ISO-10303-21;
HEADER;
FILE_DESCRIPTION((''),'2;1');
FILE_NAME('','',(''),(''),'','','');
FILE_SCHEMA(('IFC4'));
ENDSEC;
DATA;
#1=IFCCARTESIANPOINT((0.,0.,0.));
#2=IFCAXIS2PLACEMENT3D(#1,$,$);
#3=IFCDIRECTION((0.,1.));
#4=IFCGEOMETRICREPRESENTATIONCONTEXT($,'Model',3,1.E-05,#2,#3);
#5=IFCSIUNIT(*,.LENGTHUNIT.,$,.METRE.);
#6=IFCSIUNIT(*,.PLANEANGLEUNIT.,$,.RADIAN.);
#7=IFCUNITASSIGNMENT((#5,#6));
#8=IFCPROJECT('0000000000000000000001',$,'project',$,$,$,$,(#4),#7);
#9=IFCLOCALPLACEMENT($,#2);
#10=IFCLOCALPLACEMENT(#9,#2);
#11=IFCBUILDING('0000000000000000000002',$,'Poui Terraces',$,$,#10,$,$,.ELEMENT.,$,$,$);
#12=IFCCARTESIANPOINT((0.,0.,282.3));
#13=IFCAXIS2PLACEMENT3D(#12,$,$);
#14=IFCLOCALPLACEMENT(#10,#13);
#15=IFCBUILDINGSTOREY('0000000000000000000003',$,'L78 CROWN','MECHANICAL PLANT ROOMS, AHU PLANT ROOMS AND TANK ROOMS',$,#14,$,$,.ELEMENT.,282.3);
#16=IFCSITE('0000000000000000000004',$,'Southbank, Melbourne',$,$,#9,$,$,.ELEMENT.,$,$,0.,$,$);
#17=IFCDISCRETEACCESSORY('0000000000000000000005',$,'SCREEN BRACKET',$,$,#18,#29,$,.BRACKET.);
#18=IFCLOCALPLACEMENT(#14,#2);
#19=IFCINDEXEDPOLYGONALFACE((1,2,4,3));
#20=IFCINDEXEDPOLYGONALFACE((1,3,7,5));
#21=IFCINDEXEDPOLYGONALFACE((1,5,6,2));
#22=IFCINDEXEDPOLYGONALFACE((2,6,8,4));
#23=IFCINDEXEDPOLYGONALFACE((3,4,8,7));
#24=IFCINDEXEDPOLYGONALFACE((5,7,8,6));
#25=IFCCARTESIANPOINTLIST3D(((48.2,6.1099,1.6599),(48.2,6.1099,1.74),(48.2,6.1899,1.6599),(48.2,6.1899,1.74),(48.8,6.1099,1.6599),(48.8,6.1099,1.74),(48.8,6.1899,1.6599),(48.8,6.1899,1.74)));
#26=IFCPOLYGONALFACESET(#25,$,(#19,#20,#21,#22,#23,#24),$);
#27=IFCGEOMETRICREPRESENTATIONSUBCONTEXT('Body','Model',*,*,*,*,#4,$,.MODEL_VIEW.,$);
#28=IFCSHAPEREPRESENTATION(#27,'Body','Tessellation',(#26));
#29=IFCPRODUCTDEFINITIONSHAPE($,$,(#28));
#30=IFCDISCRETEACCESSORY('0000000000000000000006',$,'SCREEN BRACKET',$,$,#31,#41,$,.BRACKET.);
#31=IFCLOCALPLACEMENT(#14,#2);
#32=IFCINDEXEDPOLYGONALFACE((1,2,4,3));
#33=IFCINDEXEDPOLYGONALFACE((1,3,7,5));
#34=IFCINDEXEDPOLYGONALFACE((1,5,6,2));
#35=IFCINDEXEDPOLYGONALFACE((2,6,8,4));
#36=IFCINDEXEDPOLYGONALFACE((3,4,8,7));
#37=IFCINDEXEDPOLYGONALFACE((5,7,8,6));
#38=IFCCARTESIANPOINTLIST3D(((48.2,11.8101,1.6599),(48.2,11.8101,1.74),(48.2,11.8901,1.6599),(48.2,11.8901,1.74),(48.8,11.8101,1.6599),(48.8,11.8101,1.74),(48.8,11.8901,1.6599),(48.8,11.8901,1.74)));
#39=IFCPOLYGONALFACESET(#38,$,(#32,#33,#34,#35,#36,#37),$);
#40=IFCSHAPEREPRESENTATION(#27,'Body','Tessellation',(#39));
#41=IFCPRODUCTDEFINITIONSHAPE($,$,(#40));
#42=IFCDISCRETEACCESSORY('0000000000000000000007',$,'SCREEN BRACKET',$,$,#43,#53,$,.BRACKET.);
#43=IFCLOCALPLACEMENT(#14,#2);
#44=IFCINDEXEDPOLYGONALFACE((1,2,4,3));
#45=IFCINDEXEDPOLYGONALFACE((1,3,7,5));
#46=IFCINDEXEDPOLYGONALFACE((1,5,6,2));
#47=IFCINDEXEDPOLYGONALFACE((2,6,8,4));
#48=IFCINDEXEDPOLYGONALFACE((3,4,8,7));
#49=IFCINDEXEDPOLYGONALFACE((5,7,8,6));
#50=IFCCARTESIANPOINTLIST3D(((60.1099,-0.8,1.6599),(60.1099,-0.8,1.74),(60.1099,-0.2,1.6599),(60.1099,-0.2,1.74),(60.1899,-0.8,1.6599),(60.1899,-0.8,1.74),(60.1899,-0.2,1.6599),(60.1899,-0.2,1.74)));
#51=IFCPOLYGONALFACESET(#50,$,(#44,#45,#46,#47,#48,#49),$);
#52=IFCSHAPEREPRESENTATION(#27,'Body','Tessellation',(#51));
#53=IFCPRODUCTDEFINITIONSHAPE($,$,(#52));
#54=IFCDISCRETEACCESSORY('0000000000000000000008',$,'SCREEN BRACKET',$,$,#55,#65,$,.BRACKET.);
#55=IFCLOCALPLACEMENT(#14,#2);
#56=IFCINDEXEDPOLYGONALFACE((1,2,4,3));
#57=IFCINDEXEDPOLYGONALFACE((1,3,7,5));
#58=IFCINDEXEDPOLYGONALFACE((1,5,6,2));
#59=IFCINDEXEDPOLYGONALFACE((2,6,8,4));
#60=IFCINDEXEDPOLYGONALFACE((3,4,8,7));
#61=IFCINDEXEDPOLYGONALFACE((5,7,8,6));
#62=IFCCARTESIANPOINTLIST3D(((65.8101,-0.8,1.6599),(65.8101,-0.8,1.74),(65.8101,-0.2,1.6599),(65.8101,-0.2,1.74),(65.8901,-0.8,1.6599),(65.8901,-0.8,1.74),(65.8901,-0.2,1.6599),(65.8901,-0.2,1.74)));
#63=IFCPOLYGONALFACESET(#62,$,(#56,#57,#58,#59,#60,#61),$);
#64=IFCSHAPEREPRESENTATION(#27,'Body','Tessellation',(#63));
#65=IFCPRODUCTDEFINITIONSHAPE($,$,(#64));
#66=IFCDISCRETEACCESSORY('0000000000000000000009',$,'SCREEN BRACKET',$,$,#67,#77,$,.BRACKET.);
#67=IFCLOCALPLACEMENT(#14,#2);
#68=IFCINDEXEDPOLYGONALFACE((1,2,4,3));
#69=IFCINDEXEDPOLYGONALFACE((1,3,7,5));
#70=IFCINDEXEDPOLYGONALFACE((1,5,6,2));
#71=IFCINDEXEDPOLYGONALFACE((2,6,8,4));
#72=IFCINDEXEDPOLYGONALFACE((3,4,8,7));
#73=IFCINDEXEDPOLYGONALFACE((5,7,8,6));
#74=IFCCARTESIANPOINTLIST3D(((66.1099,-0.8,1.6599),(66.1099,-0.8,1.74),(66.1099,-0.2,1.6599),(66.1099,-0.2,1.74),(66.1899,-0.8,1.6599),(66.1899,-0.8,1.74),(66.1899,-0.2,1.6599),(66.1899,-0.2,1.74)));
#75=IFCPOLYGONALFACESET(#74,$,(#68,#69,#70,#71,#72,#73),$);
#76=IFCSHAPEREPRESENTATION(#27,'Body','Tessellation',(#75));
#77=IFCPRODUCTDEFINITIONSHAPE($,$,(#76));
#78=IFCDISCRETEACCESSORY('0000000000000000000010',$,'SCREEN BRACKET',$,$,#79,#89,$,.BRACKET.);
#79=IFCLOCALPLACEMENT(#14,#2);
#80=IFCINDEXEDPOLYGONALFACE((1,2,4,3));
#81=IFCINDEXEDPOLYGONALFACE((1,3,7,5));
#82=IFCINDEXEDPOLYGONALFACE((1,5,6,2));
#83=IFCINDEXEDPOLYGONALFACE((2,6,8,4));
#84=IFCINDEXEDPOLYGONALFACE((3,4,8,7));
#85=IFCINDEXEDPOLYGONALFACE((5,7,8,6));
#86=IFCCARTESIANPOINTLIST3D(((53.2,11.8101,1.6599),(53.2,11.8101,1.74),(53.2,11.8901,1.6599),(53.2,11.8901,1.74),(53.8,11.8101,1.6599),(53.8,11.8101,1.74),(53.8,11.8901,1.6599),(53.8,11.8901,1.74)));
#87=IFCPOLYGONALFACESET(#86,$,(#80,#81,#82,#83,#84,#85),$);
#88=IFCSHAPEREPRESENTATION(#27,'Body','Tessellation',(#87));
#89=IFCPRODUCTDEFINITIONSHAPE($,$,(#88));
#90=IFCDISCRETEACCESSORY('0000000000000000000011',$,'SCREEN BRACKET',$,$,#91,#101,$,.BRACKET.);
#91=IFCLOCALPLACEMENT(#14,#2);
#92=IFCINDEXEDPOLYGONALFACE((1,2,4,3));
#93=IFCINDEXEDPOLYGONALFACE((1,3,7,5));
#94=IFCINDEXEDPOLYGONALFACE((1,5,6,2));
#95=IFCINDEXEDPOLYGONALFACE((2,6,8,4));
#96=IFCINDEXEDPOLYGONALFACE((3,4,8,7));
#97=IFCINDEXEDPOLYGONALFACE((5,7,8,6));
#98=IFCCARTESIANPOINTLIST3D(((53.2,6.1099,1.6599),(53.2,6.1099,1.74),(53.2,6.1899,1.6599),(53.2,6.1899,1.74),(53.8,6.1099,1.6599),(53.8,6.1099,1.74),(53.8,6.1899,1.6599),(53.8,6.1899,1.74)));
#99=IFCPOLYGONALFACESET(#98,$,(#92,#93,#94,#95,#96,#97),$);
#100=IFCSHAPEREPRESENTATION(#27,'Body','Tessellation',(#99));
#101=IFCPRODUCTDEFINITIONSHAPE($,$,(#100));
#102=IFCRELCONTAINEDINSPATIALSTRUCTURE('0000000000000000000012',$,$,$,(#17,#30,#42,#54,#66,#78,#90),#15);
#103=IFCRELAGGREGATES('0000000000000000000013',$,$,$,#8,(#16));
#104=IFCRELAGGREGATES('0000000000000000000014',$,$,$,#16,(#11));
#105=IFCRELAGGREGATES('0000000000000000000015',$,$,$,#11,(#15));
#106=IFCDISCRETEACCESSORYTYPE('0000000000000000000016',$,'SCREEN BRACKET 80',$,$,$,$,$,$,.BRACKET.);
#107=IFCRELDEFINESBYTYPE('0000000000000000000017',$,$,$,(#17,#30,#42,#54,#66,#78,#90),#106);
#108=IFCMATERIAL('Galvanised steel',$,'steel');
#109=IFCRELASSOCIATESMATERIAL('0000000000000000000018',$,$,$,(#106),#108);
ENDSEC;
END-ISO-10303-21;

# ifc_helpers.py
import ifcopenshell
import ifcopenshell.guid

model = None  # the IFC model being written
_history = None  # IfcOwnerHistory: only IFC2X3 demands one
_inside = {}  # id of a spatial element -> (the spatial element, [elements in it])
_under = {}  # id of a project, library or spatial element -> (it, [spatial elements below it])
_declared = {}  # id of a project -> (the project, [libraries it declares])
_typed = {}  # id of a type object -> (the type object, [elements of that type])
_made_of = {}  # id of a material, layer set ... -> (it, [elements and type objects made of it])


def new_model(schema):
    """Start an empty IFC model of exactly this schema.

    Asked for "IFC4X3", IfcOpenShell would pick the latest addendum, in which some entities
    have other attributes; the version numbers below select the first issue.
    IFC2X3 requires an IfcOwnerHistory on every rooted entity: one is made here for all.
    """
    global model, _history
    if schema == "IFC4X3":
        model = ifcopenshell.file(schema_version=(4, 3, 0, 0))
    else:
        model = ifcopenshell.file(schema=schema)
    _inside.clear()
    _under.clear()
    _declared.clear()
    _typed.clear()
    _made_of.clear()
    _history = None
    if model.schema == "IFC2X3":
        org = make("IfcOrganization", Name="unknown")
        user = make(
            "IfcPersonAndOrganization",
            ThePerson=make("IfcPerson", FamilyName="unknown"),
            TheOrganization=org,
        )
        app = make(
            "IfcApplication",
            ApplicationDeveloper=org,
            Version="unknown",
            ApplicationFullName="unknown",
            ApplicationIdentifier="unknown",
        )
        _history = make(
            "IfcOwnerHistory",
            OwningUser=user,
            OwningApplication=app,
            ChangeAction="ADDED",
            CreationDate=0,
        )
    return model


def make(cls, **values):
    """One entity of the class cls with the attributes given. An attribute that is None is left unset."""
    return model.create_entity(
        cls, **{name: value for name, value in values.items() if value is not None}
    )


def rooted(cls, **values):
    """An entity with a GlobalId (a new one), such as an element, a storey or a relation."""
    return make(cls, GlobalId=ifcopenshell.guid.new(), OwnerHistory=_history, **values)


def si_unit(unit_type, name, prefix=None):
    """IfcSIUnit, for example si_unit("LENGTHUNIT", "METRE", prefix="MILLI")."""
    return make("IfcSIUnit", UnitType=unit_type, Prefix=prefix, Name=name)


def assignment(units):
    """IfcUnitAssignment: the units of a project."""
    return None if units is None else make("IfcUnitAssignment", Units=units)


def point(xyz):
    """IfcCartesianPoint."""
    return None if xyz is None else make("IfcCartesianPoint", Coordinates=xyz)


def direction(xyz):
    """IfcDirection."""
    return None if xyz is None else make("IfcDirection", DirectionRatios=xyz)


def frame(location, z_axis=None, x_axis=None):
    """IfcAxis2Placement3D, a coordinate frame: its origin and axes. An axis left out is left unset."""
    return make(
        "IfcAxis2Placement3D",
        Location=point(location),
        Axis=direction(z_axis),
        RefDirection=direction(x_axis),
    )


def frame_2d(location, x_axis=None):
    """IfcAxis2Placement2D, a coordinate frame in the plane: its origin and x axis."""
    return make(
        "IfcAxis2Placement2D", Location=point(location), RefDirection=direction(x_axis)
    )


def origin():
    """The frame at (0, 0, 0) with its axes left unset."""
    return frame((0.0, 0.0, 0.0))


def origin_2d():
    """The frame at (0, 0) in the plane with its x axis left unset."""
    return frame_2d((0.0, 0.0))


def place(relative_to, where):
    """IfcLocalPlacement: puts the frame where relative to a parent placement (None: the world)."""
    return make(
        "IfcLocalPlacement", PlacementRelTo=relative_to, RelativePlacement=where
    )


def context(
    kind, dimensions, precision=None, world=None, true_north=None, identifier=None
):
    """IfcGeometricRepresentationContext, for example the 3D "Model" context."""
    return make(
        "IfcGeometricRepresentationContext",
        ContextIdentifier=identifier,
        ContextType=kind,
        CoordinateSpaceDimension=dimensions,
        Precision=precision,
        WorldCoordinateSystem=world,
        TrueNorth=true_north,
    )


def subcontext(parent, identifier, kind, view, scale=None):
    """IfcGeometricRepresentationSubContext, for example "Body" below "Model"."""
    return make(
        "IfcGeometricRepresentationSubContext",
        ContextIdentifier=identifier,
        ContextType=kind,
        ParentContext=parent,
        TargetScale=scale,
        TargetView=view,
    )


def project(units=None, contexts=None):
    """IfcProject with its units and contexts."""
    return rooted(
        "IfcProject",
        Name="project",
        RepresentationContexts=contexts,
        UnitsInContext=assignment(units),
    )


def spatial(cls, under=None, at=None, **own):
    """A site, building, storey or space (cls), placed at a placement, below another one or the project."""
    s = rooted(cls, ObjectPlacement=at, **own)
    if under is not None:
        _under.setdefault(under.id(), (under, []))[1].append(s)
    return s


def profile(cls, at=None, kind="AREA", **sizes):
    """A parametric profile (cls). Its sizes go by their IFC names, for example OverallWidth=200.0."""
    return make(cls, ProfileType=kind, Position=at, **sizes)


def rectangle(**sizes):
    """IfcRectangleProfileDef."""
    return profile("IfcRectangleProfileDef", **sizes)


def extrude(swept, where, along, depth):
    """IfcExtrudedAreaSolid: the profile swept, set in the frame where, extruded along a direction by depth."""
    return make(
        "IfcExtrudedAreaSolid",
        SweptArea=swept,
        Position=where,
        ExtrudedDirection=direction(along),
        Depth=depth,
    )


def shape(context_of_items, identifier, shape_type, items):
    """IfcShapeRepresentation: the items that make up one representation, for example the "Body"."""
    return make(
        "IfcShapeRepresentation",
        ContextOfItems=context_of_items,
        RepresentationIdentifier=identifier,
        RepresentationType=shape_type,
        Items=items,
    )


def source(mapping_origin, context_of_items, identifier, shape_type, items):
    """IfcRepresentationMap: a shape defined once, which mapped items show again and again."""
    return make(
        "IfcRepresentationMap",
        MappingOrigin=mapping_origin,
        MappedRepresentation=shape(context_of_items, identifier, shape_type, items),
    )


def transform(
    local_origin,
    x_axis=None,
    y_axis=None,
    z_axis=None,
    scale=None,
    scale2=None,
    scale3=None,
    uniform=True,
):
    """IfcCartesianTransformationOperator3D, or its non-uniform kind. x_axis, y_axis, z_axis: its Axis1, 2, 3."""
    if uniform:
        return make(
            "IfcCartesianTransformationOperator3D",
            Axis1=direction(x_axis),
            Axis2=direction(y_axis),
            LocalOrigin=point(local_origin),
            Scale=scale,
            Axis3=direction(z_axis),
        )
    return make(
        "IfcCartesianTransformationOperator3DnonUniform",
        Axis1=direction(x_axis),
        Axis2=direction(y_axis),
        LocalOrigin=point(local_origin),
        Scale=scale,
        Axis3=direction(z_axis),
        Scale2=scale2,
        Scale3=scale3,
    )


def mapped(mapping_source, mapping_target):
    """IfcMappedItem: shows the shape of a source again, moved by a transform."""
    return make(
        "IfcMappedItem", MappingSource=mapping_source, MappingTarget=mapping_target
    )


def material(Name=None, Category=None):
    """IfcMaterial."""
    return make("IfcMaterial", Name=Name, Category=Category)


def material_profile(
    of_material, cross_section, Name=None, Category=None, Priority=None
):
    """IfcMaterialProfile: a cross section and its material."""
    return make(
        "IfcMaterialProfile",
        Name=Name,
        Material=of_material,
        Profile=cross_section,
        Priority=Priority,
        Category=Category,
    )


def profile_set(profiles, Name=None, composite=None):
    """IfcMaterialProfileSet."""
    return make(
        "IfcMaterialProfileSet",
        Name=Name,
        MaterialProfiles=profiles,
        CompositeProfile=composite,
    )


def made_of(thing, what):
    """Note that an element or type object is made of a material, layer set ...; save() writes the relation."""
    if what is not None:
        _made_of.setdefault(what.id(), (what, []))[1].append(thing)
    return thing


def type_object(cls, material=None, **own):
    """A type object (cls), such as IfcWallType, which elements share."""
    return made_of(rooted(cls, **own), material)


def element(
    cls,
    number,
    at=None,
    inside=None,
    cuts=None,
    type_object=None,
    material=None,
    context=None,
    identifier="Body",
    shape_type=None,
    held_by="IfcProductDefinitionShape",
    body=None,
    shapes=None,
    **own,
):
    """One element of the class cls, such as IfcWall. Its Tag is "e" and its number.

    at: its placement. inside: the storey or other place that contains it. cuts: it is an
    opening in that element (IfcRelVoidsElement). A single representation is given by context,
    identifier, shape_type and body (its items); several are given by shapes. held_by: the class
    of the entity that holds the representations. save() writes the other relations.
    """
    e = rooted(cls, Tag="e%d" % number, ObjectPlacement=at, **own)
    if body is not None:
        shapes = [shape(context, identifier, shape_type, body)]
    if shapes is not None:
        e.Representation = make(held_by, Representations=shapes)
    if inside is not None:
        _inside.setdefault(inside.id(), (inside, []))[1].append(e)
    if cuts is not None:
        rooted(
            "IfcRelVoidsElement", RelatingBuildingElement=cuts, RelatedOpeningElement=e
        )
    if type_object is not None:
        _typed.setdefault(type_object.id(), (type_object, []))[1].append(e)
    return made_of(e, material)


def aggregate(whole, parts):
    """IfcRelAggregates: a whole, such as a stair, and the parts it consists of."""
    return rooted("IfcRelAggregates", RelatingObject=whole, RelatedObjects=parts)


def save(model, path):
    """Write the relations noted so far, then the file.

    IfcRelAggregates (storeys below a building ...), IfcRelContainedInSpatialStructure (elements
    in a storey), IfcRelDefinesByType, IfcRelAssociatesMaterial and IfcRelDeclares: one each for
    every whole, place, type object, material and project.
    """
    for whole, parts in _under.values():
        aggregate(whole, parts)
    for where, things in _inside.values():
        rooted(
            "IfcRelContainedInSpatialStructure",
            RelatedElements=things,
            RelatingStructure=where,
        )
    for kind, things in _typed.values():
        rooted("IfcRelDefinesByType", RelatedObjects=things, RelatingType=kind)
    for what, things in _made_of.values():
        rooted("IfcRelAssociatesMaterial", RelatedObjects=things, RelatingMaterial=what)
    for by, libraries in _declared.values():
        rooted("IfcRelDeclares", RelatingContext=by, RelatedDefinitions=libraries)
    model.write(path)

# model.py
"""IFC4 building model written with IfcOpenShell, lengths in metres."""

from ifc_helpers import new_model, si_unit, direction, frame, origin, origin_2d, place, context, subcontext, project, spatial, rectangle, extrude, source, transform, mapped, material, material_profile, profile_set, type_object, element, save


model = new_model("IFC4")

# Units and contexts
model_context = context("Model", 3, precision=1e-05, world=origin(), true_north=direction((0.0, 1.0)))
body_context = subcontext(model_context, "Body", "Model", "MODEL_VIEW")
ifc_project = project(units=[si_unit("LENGTHUNIT", "METRE"), si_unit("PLANEANGLEUNIT", "RADIAN")], contexts=[model_context])

# Site, building, storey
site_placement = place(None, origin())
site = spatial("IfcSite", under=ifc_project, at=site_placement, Name="Southbank, Melbourne", CompositionType="ELEMENT", RefElevation=0.0)
building_placement = place(site_placement, origin())
building = spatial("IfcBuilding", under=site, at=building_placement, Name="Poui Terraces", CompositionType="ELEMENT")
storey_placement = place(building_placement, frame((0.0, 0.0, 282.3)))
storey = spatial("IfcBuildingStorey", under=building, at=storey_placement, Name="L78 CROWN", Description="MECHANICAL PLANT ROOMS, AHU PLANT ROOMS AND TANK ROOMS", CompositionType="ELEMENT", Elevation=282.3)

# Discrete accessories
ifc_material_1 = material(Name="Galvanised steel", Category="steel")
ifc_material_profile_1 = material_profile(ifc_material_1, rectangle(XDim=0.0801, YDim=0.0801, at=origin_2d()), Name="SCREEN BRACKET 80")
ifc_profile_set_1 = profile_set([ifc_material_profile_1], Name="Galvanised steel")
discrete_accessory_type = type_object("IfcDiscreteAccessoryType", Name="SCREEN BRACKET 80", PredefinedType="BRACKET", material=ifc_profile_set_1)
shared_shape_1 = source(origin(), body_context, "Body", "SweptSolid", [
    extrude(rectangle(XDim=0.0801, YDim=0.0801, at=origin_2d()), origin(), (0.0, 0.0, 1.0), 0.6001),
])
for number, where, z_axis, x_axis, name in (
    (1, (48.2, 6.1499, 1.7), (1.0, 0.0, 0.0), (0.0, 1.0, 0.0), "SCREEN BRACKET"),
    (2, (48.2, 11.8501, 1.7), (1.0, 0.0, 0.0), (0.0, 1.0, 0.0), "SCREEN BRACKET"),
    (3, (60.1499, -0.2, 1.7), (0.0, -1.0, 0.0), (1.0, 0.0, 0.0), "SCREEN BRACKET"),
    (4, (65.8501, -0.2, 1.7), (0.0, -1.0, 0.0), (1.0, 0.0, 0.0), "SCREEN BRACKET"),
    (5, (66.1499, -0.2, 1.7), (0.0, -1.0, 0.0), (1.0, 0.0, 0.0), "SCREEN BRACKET"),
    (6, (53.8, 11.8501, 1.7), (-1.0, 0.0, 0.0), (0.0, -1.0, 0.0), "SCREEN BRACKET"),
    (7, (53.8, 6.1499, 1.7), (-1.0, 0.0, 0.0), (0.0, -1.0, 0.0), "SCREEN BRACKET"),
):
    element("IfcDiscreteAccessory", number, at=place(storey_placement, frame(where, z_axis=z_axis, x_axis=x_axis)), inside=storey, type_object=discrete_accessory_type, Name=name, PredefinedType="BRACKET", context=body_context, shape_type="MappedRepresentation", body=[
        mapped(shared_shape_1, transform((0.0, 0.0, 0.0))),
    ])

save(model, "model.ifc")
